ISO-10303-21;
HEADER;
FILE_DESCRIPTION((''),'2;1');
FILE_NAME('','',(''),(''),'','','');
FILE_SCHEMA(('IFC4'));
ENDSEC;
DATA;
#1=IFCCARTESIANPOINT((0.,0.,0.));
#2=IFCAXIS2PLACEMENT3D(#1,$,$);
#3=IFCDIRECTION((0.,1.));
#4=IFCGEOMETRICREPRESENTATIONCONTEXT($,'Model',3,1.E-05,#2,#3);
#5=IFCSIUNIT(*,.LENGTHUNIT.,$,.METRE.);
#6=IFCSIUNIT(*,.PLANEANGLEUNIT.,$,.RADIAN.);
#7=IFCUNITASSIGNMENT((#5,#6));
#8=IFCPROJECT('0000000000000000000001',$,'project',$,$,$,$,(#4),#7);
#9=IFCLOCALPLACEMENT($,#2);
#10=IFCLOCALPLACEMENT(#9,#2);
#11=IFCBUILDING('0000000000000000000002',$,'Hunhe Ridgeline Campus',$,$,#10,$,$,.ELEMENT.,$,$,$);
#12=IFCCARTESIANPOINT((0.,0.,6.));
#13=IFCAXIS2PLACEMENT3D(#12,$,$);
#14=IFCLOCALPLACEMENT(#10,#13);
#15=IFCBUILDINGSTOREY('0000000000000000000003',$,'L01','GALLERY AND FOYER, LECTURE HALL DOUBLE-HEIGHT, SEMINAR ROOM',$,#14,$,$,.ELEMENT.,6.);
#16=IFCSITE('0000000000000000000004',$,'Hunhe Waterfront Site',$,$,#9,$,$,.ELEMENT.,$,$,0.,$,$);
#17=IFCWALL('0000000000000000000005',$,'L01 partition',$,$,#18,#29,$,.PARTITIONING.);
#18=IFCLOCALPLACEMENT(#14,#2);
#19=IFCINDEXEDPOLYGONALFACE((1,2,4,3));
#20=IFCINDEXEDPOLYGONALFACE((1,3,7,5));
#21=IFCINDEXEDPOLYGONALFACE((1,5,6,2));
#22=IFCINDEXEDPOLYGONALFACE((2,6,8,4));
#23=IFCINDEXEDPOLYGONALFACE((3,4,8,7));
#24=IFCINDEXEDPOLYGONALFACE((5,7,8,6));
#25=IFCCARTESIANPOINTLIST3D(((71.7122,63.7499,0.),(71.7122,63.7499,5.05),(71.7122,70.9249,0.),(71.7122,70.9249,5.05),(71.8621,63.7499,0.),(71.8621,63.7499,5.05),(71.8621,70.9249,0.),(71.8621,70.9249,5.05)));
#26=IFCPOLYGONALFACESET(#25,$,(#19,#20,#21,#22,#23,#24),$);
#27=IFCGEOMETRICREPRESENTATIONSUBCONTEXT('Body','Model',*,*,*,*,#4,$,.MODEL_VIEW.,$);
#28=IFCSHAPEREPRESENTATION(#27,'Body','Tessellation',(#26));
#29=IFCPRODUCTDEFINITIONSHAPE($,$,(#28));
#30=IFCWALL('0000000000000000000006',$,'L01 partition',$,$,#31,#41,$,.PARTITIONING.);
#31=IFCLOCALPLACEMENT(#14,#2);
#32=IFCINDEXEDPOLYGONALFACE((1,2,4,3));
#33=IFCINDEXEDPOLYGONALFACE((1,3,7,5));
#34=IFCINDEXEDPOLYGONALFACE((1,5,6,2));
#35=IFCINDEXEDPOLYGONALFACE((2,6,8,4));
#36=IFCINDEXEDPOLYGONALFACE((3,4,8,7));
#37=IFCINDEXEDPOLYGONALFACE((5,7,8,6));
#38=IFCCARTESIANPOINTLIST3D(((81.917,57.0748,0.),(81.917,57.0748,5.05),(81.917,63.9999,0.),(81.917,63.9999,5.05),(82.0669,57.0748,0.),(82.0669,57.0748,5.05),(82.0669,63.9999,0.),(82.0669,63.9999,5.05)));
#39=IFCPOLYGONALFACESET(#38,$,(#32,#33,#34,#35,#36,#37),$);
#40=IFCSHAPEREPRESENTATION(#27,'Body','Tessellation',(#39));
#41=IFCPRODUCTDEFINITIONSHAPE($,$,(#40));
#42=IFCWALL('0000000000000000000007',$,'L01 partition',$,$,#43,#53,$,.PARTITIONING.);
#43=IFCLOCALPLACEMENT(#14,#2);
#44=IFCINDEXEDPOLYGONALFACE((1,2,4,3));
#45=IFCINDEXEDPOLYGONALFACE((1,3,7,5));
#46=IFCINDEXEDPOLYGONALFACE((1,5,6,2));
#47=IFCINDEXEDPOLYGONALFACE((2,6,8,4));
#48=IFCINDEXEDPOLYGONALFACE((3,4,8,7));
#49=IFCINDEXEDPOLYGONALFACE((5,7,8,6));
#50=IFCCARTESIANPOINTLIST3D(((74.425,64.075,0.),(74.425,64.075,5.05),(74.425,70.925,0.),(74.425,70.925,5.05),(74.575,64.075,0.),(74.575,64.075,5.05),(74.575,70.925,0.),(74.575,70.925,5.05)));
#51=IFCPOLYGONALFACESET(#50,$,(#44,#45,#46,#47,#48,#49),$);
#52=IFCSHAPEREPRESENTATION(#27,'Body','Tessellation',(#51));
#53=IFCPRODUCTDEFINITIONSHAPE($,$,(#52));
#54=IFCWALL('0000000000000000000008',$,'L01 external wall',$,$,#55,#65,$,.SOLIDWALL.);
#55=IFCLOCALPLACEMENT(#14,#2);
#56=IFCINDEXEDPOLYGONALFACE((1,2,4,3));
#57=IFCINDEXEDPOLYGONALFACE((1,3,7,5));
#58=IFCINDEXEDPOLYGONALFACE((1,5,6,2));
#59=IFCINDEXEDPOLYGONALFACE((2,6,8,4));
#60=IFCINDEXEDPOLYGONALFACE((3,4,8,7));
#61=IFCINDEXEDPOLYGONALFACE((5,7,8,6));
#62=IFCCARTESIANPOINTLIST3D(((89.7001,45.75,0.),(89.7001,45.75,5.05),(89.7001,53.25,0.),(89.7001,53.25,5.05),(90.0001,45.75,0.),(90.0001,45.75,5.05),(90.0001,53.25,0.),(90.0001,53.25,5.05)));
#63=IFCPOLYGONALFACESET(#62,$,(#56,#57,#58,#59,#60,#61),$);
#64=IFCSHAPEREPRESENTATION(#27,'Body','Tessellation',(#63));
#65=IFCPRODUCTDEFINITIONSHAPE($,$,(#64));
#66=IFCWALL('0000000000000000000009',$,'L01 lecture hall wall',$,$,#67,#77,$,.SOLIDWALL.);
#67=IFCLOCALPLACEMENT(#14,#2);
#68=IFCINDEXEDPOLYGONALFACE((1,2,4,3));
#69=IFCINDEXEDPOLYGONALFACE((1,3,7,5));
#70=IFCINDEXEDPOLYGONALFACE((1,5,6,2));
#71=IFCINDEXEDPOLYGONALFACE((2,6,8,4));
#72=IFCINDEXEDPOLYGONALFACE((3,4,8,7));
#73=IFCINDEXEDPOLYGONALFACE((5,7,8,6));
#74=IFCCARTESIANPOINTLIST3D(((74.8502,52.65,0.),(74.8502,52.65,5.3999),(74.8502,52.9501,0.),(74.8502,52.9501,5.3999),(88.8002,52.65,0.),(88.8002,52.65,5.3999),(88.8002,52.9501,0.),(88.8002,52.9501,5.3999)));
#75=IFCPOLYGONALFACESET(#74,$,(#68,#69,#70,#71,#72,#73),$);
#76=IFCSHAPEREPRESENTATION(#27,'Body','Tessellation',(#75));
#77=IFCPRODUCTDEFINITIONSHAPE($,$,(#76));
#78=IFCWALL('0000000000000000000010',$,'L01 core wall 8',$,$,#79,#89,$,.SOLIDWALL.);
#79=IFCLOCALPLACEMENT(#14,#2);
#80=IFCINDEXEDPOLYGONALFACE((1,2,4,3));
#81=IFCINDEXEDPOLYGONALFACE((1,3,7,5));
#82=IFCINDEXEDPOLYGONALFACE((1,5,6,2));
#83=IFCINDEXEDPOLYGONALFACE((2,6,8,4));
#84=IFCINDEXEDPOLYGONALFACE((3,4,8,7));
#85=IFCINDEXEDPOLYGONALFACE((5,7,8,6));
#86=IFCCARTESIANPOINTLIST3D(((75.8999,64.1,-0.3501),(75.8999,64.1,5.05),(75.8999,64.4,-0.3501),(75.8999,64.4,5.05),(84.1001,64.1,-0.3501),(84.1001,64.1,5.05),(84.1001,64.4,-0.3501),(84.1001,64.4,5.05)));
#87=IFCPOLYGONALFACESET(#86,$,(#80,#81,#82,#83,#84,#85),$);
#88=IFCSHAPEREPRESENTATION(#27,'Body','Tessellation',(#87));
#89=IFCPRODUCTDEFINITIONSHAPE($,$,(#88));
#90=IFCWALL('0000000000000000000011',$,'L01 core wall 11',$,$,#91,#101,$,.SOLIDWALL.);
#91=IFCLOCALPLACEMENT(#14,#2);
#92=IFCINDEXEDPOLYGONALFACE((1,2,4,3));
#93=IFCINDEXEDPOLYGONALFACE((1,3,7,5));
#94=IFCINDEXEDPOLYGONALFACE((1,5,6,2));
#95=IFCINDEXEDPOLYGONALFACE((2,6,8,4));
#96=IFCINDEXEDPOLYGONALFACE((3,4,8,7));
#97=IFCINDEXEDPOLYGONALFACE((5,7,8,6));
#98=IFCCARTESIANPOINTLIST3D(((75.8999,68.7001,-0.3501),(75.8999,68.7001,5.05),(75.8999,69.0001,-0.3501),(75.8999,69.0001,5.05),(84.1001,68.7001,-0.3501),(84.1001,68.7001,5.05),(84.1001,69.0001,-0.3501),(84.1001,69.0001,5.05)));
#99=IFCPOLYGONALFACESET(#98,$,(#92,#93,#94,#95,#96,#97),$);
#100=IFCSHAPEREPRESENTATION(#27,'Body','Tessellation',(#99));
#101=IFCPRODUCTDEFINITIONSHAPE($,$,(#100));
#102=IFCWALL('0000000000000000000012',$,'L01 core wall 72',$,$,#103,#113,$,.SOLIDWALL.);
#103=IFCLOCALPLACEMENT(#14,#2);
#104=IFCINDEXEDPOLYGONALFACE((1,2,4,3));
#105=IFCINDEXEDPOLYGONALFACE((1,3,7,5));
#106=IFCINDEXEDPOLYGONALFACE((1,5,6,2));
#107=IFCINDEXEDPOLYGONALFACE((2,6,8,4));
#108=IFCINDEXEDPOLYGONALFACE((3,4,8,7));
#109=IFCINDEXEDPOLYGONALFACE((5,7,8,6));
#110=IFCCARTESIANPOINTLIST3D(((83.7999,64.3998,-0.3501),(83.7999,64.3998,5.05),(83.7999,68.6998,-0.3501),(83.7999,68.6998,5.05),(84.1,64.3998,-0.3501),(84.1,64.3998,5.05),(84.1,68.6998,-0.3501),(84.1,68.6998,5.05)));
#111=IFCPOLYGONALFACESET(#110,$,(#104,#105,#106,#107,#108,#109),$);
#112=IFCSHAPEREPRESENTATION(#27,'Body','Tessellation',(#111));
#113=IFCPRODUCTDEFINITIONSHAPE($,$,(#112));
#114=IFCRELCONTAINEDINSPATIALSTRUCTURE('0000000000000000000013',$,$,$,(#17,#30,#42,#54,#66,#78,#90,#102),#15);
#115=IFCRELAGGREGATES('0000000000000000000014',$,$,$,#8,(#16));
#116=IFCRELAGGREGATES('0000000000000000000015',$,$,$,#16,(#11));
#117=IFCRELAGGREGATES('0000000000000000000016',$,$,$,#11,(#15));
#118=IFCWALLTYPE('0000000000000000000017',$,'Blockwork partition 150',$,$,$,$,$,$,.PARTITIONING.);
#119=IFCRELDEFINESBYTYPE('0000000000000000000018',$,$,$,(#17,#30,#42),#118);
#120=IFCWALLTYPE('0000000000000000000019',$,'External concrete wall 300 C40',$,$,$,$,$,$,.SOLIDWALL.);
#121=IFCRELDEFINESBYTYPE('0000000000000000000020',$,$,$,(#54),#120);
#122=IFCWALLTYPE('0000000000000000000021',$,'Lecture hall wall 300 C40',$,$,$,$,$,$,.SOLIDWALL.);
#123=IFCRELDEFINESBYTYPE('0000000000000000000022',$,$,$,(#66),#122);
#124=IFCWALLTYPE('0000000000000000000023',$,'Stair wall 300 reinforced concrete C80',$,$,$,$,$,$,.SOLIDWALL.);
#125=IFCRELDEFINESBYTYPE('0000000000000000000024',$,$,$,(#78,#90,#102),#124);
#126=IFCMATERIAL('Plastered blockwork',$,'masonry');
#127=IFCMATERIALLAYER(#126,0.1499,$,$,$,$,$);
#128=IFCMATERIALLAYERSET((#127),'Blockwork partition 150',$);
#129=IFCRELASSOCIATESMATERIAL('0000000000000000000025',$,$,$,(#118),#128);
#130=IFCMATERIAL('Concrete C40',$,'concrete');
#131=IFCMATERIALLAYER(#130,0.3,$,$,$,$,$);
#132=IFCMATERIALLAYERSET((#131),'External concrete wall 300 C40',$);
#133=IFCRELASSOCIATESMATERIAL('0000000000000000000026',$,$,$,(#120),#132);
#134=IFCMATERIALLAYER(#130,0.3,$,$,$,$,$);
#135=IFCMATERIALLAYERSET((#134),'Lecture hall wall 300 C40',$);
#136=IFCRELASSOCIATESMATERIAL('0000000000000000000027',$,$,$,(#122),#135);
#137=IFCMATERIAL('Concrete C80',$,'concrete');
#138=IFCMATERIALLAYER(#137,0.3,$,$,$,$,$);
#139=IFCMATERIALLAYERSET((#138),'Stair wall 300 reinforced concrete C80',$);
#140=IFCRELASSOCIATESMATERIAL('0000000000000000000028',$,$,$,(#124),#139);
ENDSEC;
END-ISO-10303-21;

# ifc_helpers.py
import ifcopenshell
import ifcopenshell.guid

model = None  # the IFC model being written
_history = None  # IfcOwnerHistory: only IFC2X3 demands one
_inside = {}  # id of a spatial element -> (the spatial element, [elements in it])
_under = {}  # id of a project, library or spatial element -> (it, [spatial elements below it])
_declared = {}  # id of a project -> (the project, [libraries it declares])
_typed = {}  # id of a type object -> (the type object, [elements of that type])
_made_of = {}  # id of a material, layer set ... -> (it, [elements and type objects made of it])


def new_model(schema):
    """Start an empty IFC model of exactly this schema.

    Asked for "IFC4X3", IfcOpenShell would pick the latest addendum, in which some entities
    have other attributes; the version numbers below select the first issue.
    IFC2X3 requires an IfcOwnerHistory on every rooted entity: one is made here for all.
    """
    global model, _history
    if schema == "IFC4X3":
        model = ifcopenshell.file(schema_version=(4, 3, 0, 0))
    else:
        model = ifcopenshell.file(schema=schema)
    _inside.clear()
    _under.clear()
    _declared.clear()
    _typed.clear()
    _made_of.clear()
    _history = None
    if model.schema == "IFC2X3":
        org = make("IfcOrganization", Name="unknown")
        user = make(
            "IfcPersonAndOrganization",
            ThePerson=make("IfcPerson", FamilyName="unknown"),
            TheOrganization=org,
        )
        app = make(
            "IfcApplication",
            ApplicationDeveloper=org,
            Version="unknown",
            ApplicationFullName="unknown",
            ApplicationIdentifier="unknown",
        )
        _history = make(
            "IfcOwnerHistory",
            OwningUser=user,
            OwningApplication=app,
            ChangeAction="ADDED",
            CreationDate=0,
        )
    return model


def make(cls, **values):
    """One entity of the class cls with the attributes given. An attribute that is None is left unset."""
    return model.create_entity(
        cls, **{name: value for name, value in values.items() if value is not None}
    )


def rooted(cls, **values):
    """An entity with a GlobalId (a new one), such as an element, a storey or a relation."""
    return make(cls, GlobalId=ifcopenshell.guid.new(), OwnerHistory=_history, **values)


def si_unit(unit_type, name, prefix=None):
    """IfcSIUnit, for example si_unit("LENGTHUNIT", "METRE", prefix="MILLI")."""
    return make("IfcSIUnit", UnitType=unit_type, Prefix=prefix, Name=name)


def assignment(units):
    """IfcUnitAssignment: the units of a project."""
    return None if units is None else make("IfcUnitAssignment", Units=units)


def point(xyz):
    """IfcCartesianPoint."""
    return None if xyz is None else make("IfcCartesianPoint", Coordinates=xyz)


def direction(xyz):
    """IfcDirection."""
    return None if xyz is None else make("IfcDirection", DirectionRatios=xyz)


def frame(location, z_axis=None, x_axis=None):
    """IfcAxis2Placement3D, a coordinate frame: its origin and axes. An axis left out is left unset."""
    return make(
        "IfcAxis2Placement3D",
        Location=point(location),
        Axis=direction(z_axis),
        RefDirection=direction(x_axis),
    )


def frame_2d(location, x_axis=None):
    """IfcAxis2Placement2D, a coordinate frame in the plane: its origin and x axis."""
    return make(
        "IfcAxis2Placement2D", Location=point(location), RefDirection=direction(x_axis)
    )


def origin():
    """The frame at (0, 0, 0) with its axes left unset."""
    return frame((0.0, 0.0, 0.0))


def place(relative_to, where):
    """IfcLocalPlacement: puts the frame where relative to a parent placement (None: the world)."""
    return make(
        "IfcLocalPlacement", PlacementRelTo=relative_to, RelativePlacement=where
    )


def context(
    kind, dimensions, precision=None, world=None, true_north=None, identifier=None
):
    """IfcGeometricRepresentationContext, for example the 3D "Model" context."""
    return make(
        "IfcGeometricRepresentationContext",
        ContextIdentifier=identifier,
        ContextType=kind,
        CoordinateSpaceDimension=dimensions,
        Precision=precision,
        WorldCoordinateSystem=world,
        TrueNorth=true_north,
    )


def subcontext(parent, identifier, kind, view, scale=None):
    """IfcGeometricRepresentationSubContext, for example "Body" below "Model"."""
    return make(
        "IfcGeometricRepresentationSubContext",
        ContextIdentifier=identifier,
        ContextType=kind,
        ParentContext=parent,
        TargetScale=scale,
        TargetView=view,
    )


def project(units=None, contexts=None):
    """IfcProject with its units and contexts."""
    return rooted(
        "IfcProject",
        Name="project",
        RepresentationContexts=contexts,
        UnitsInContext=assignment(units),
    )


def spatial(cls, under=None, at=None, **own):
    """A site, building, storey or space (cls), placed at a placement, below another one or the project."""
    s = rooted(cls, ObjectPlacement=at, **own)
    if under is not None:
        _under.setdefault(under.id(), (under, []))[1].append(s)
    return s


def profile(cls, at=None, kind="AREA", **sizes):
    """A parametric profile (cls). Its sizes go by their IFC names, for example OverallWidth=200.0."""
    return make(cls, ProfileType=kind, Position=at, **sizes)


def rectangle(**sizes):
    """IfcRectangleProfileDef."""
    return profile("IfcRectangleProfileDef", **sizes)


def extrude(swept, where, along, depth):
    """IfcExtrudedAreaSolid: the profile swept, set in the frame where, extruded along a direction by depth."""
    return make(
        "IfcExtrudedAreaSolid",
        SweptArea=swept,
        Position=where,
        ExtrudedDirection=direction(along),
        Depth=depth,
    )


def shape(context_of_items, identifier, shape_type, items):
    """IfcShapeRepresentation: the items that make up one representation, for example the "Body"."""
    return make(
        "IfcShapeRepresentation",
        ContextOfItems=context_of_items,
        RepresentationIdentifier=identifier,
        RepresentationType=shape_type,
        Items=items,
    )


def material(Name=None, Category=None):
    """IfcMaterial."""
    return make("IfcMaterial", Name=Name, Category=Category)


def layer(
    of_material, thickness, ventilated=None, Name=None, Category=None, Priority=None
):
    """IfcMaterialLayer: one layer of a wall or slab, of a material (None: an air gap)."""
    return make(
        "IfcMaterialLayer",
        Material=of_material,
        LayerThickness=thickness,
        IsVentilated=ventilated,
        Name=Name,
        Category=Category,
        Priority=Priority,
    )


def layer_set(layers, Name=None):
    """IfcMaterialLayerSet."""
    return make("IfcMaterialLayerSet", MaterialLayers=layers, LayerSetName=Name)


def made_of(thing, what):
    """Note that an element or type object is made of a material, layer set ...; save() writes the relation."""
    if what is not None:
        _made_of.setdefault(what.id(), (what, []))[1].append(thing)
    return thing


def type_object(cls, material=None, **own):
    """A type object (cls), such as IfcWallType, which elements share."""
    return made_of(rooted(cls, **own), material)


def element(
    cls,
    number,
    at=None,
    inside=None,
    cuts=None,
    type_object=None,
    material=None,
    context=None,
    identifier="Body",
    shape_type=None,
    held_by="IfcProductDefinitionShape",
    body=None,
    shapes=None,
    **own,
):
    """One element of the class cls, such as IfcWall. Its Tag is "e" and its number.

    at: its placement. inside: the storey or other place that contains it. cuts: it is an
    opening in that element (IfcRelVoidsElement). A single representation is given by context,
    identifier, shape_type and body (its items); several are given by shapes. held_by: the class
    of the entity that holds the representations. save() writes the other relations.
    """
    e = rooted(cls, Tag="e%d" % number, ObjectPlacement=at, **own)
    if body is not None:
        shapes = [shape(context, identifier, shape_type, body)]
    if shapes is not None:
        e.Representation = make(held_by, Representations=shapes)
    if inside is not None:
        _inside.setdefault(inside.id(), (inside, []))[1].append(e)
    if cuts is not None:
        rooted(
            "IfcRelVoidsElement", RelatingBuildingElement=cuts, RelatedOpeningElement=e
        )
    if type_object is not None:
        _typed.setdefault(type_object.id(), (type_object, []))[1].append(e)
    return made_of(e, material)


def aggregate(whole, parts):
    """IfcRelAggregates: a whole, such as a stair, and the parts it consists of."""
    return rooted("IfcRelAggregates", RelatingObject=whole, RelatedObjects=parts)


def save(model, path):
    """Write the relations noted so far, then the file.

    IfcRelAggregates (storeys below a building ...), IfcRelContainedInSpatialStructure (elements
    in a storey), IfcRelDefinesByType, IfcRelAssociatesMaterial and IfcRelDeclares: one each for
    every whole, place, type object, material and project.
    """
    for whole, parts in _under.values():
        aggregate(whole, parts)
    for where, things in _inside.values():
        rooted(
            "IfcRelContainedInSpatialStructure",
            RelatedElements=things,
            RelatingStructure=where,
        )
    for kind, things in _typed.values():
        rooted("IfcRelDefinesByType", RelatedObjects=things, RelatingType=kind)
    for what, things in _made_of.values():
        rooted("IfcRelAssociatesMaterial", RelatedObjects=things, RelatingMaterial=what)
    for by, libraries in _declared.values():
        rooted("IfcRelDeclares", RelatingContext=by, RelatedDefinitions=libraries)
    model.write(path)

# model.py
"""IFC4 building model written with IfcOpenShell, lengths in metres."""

from ifc_helpers import new_model, si_unit, direction, frame, frame_2d, origin, place, context, subcontext, project, spatial, rectangle, extrude, material, layer, layer_set, type_object, element, save


model = new_model("IFC4")

# Units and contexts
model_context = context("Model", 3, precision=1e-05, world=origin(), true_north=direction((0.0, 1.0)))
body_context = subcontext(model_context, "Body", "Model", "MODEL_VIEW")
ifc_project = project(units=[si_unit("LENGTHUNIT", "METRE"), si_unit("PLANEANGLEUNIT", "RADIAN")], contexts=[model_context])

# Site, building, storey
site_placement = place(None, origin())
site = spatial("IfcSite", under=ifc_project, at=site_placement, Name="Hunhe Waterfront Site", CompositionType="ELEMENT", RefElevation=0.0)
building_placement = place(site_placement, origin())
building = spatial("IfcBuilding", under=site, at=building_placement, Name="Hunhe Ridgeline Campus", CompositionType="ELEMENT")
storey_placement = place(building_placement, frame((0.0, 0.0, 6.0)))
storey = spatial("IfcBuildingStorey", under=building, at=storey_placement, Name="L01", Description="GALLERY AND FOYER, LECTURE HALL DOUBLE-HEIGHT, SEMINAR ROOM", CompositionType="ELEMENT", Elevation=6.0)

# Shared definitions
ifc_material_1 = material(Name="Concrete C80", Category="concrete")

# Shared definitions
ifc_material_2 = material(Name="Plastered blockwork", Category="masonry")
ifc_layer_1 = layer(ifc_material_2, 0.1499)
ifc_layer_set_1 = layer_set([ifc_layer_1], Name="Blockwork partition 150")
wall_type_1 = type_object("IfcWallType", Name="Blockwork partition 150", PredefinedType="PARTITIONING", material=ifc_layer_set_1)

# Walls
wall_1_placement = place(storey_placement, frame((71.7871, 63.75, 0.0), z_axis=(0.0, 0.0, 1.0), x_axis=(0.0, 1.0, 0.0)))
element("IfcWall", 1, at=wall_1_placement, inside=storey, type_object=wall_type_1, Name="L01 partition", PredefinedType="PARTITIONING", context=body_context, shape_type="SweptSolid", body=[
    extrude(rectangle(XDim=7.175, YDim=0.1499, at=frame_2d((3.5874, 0.0))), origin(), (0.0, 0.0, 1.0), 5.05),
])
wall_2_placement = place(storey_placement, frame((81.9919, 57.075, 0.0), z_axis=(0.0, 0.0, 1.0), x_axis=(0.0, 1.0, 0.0)))
element("IfcWall", 2, at=wall_2_placement, inside=storey, type_object=wall_type_1, Name="L01 partition", PredefinedType="PARTITIONING", context=body_context, shape_type="SweptSolid", body=[
    extrude(rectangle(XDim=6.925, YDim=0.1499, at=frame_2d((3.4624, 0.0))), origin(), (0.0, 0.0, 1.0), 5.05),
])
wall_3_placement = place(storey_placement, frame((74.5, 70.925, 0.0), z_axis=(0.0, 0.0, 1.0), x_axis=(0.0, -1.0, 0.0)))
element("IfcWall", 3, at=wall_3_placement, inside=storey, type_object=wall_type_1, Name="L01 partition", PredefinedType="PARTITIONING", context=body_context, shape_type="SweptSolid", body=[
    extrude(rectangle(XDim=6.8501, YDim=0.1499, at=frame_2d((3.425, 0.0))), origin(), (0.0, 0.0, 1.0), 5.05),
])
ifc_material_3 = material(Name="Concrete C40", Category="concrete")
ifc_layer_2 = layer(ifc_material_3, 0.3)
ifc_layer_set_2 = layer_set([ifc_layer_2], Name="External concrete wall 300 C40")
wall_type_2 = type_object("IfcWallType", Name="External concrete wall 300 C40", PredefinedType="SOLIDWALL", material=ifc_layer_set_2)
wall_4_placement = place(storey_placement, frame((89.8501, 45.75, 0.0), z_axis=(0.0, 0.0, 1.0), x_axis=(0.0, 1.0, 0.0)))
element("IfcWall", 4, at=wall_4_placement, inside=storey, type_object=wall_type_2, Name="L01 external wall", PredefinedType="SOLIDWALL", context=body_context, shape_type="SweptSolid", body=[
    extrude(rectangle(XDim=7.5, YDim=0.3, at=frame_2d((3.75, 0.0))), origin(), (0.0, 0.0, 1.0), 5.05),
])
ifc_layer_3 = layer(ifc_material_3, 0.3)
ifc_layer_set_3 = layer_set([ifc_layer_3], Name="Lecture hall wall 300 C40")
wall_type_3 = type_object("IfcWallType", Name="Lecture hall wall 300 C40", PredefinedType="SOLIDWALL", material=ifc_layer_set_3)
wall_5_placement = place(storey_placement, frame((74.8501, 52.8, 0.0), z_axis=(0.0, 0.0, 1.0), x_axis=(1.0, 0.0, 0.0)))
element("IfcWall", 5, at=wall_5_placement, inside=storey, type_object=wall_type_3, Name="L01 lecture hall wall", PredefinedType="SOLIDWALL", context=body_context, shape_type="SweptSolid", body=[
    extrude(rectangle(XDim=13.95, YDim=0.3, at=frame_2d((6.9751, 0.0))), origin(), (0.0, 0.0, 1.0), 5.3999),
])
ifc_layer_4 = layer(ifc_material_1, 0.3)
ifc_layer_set_4 = layer_set([ifc_layer_4], Name="Stair wall 300 reinforced concrete C80")
wall_type_4 = type_object("IfcWallType", Name="Stair wall 300 reinforced concrete C80", PredefinedType="SOLIDWALL", material=ifc_layer_set_4)
for number, where, z_axis, x_axis, name in (
    (6, (75.8999, 64.25, -0.3501), (0.0, 0.0, 1.0), (1.0, 0.0, 0.0), "L01 core wall 8"),
    (7, (75.8999, 68.8501, -0.3501), (0.0, 0.0, 1.0), (1.0, 0.0, 0.0), "L01 core wall 11"),
):
    element("IfcWall", number, at=place(storey_placement, frame(where, z_axis=z_axis, x_axis=x_axis)), inside=storey, type_object=wall_type_4, Name=name, PredefinedType="SOLIDWALL", context=body_context, shape_type="SweptSolid", body=[
        extrude(rectangle(XDim=8.2002, YDim=0.3, at=frame_2d((4.1001, 0.0))), origin(), (0.0, 0.0, 1.0), 5.4001),
    ])

# Wall
wall_6_placement = place(storey_placement, frame((83.95, 64.3999, -0.3501), z_axis=(0.0, 0.0, 1.0), x_axis=(0.0, 1.0, 0.0)))
element("IfcWall", 8, at=wall_6_placement, inside=storey, type_object=wall_type_4, Name="L01 core wall 72", PredefinedType="SOLIDWALL", context=body_context, shape_type="SweptSolid", body=[
    extrude(rectangle(XDim=4.3, YDim=0.3, at=frame_2d((2.1499, 0.0))), origin(), (0.0, 0.0, 1.0), 5.4001),
])

save(model, "model.ifc")
